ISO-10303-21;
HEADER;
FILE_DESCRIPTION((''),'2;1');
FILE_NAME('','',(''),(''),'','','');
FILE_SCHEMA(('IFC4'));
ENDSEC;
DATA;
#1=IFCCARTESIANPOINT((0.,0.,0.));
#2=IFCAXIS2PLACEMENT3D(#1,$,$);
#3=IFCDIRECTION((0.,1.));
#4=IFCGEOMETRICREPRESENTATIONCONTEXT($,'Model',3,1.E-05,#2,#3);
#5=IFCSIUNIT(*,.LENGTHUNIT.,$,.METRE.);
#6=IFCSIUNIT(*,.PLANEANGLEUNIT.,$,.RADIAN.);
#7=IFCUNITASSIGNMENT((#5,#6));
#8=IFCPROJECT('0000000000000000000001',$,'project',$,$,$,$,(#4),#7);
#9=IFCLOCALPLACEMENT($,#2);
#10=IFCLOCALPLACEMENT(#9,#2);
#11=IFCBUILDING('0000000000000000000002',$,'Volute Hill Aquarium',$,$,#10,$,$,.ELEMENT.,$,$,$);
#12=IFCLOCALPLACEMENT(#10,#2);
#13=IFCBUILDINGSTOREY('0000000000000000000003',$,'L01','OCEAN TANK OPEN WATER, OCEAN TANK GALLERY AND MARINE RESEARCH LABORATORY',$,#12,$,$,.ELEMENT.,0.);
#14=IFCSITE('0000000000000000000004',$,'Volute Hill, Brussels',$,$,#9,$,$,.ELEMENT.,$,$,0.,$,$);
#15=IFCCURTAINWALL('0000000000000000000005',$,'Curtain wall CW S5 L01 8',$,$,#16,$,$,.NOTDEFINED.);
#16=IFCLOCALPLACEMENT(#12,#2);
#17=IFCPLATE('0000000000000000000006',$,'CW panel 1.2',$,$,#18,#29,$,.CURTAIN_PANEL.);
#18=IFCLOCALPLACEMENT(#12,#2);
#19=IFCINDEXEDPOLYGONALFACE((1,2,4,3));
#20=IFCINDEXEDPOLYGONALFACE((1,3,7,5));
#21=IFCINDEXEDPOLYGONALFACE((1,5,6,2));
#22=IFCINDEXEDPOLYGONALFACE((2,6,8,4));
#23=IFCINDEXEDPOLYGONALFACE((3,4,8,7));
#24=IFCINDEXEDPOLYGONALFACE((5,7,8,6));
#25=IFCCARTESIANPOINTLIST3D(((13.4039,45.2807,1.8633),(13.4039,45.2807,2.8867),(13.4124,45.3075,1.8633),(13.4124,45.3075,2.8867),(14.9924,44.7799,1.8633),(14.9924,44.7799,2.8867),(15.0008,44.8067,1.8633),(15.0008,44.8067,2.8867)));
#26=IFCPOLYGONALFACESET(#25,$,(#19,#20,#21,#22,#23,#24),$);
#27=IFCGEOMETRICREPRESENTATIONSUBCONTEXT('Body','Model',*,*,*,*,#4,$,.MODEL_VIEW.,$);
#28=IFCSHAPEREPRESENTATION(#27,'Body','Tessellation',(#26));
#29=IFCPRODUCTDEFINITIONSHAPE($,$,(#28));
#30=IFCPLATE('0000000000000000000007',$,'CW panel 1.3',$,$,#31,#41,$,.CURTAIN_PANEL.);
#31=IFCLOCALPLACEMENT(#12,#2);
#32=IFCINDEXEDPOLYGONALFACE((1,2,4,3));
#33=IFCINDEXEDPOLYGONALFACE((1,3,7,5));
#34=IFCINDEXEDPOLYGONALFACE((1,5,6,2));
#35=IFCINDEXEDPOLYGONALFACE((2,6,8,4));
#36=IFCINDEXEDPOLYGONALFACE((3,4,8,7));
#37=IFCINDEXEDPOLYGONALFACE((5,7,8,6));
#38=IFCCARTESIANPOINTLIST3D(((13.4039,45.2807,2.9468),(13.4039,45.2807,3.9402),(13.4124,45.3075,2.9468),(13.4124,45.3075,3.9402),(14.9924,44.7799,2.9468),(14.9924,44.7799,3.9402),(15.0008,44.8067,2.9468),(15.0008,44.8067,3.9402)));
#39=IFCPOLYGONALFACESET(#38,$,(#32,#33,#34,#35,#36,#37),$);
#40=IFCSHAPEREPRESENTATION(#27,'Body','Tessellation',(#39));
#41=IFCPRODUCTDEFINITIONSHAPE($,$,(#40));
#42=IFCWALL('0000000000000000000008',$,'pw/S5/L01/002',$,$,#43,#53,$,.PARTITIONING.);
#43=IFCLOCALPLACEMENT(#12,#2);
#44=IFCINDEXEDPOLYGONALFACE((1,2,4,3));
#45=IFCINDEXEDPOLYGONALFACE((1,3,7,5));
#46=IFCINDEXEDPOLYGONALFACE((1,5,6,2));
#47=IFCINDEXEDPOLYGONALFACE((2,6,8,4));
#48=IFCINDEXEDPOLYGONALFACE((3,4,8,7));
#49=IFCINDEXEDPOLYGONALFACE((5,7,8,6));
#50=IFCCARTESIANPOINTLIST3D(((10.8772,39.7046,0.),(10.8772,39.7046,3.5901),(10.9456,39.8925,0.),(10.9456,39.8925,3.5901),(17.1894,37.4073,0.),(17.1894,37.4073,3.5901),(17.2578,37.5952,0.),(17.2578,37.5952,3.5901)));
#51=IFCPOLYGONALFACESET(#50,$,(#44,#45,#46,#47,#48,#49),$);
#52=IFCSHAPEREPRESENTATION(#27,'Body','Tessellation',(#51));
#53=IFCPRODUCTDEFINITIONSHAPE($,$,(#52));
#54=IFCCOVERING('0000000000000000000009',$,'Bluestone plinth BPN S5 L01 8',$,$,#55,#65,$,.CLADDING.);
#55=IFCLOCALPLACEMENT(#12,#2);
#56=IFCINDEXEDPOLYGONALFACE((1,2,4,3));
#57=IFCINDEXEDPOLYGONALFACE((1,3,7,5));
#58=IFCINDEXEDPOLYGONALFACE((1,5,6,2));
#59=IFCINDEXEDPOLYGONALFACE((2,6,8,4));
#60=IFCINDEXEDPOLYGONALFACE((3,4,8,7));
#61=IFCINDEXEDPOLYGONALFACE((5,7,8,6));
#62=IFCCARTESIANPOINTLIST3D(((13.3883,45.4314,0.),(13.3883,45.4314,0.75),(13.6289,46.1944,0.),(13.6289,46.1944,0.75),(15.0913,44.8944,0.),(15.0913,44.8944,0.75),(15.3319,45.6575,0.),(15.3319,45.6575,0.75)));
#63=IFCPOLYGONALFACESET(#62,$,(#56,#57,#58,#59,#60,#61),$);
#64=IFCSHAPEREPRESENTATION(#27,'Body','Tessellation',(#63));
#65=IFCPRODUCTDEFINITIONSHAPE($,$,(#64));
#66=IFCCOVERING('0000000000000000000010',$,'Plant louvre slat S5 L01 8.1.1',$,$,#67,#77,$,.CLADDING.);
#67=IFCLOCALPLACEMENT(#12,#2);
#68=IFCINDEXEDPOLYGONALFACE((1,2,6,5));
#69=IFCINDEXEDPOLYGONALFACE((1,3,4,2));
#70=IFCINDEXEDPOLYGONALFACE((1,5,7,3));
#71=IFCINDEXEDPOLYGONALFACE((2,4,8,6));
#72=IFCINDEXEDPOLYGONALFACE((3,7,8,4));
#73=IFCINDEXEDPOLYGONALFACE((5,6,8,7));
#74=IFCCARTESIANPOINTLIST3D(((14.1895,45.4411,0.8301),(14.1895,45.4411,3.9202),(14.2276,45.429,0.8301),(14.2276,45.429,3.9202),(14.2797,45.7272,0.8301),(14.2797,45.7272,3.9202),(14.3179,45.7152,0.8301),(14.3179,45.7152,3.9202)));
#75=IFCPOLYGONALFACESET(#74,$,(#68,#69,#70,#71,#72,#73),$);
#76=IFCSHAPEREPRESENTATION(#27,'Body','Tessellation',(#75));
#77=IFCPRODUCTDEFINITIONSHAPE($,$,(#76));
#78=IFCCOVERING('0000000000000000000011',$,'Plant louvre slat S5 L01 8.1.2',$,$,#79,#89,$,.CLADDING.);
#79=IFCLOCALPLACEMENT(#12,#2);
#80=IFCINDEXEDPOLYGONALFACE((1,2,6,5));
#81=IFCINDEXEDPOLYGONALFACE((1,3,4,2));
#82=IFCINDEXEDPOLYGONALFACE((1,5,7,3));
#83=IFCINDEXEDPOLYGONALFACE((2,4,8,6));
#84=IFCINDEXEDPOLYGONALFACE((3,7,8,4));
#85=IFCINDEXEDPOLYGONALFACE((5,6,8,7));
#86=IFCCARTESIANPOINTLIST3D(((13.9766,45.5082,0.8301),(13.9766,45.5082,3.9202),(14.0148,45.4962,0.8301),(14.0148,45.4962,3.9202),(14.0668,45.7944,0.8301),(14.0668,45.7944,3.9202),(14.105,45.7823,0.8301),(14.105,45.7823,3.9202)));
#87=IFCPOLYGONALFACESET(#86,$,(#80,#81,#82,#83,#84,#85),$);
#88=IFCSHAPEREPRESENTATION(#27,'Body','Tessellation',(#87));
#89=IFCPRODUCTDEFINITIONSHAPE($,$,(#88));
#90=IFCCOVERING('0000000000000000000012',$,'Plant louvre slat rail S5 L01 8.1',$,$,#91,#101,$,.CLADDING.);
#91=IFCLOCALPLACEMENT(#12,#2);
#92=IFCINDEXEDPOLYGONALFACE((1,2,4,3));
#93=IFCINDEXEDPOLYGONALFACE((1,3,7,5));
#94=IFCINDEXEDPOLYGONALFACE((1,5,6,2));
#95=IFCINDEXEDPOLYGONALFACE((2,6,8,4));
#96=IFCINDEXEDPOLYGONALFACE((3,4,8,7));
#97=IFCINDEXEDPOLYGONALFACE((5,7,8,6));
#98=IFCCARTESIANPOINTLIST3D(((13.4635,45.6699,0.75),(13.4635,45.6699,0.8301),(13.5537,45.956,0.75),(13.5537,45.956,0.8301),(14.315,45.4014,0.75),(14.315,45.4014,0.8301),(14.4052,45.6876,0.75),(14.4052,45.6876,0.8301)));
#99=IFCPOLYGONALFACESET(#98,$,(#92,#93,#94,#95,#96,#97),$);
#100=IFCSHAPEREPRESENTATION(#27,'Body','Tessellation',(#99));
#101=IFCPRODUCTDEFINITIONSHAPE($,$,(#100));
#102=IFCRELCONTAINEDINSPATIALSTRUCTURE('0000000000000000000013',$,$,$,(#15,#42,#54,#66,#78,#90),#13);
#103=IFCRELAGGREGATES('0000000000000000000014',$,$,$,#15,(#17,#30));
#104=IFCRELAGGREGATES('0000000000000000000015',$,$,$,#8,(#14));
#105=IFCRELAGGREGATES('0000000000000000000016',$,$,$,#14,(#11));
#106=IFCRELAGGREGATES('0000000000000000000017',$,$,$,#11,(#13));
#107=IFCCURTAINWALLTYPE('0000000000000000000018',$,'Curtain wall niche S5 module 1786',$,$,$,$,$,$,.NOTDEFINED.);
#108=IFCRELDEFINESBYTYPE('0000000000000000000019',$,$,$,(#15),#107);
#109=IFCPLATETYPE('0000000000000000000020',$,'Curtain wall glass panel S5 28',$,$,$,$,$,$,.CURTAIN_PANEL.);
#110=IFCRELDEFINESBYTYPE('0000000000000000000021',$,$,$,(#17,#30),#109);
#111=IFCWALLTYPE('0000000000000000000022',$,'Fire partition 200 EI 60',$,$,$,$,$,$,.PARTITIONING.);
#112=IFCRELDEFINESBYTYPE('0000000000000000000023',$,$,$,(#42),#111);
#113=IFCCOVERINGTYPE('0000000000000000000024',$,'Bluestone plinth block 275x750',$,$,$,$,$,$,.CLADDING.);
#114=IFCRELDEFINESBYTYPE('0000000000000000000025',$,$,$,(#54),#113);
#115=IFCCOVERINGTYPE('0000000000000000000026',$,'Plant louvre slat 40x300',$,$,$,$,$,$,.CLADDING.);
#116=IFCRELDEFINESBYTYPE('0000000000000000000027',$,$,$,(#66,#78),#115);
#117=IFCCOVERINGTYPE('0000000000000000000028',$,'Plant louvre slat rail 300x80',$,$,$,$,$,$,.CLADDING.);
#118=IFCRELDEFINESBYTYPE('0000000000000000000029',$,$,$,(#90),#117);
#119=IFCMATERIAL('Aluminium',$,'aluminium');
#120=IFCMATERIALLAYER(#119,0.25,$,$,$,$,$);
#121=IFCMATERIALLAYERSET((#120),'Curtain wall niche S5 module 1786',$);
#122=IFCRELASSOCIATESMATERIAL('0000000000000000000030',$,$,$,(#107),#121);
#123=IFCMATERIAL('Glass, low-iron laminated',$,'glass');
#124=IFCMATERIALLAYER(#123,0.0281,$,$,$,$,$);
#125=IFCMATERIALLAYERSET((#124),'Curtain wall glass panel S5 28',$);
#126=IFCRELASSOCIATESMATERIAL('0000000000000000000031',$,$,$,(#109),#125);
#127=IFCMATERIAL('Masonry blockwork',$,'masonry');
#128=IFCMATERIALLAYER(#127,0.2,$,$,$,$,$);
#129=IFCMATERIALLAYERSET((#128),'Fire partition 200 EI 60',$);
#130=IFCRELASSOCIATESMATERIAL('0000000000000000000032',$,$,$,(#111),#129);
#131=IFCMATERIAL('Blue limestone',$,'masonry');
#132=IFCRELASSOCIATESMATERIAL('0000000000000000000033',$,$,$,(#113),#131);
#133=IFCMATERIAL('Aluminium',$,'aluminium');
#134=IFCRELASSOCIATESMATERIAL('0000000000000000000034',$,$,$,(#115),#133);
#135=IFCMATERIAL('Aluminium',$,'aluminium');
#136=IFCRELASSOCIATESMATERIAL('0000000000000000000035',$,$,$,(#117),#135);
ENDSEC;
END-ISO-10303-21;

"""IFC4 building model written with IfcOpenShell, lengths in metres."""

from ifc_helpers import new_model, si_unit, direction, frame, frame_2d, origin, origin_2d, place, context, subcontext, project, spatial, rectangle, extrude, material, layer, layer_set, type_object, element, aggregate, save


model = new_model("IFC4")

# Units and contexts
model_context = context("Model", 3, precision=1e-05, world=origin(), true_north=direction((0.0, 1.0)))
body_context = subcontext(model_context, "Body", "Model", "MODEL_VIEW")
ifc_project = project(units=[si_unit("LENGTHUNIT", "METRE"), si_unit("PLANEANGLEUNIT", "RADIAN")], contexts=[model_context])

# Site, building, storey
site_placement = place(None, origin())
site = spatial("IfcSite", under=ifc_project, at=site_placement, Name="Volute Hill, Brussels", CompositionType="ELEMENT", RefElevation=0.0)
building_placement = place(site_placement, origin())
building = spatial("IfcBuilding", under=site, at=building_placement, Name="Volute Hill Aquarium", CompositionType="ELEMENT")
storey_placement = place(building_placement, origin())
storey = spatial("IfcBuildingStorey", under=building, at=storey_placement, Name="L01", Description="OCEAN TANK OPEN WATER, OCEAN TANK GALLERY AND MARINE RESEARCH LABORATORY", CompositionType="ELEMENT", Elevation=0.0)

# Curtain wall
ifc_material_1 = material(Name="Aluminium", Category="aluminium")
ifc_layer_1 = layer(ifc_material_1, 0.25)
ifc_layer_set_1 = layer_set([ifc_layer_1], Name="Curtain wall niche S5 module 1786")
curtain_wall_type = type_object("IfcCurtainWallType", Name="Curtain wall niche S5 module 1786", PredefinedType="NOTDEFINED", material=ifc_layer_set_1)
curtain_wall_placement = place(storey_placement, origin())
curtain_wall = element("IfcCurtainWall", 1, at=curtain_wall_placement, inside=storey, type_object=curtain_wall_type, Name="Curtain wall CW S5 L01 8", PredefinedType="NOTDEFINED")

# Plates
ifc_material_2 = material(Name="Glass, low-iron laminated", Category="glass")
ifc_layer_2 = layer(ifc_material_2, 0.0281)
ifc_layer_set_2 = layer_set([ifc_layer_2], Name="Curtain wall glass panel S5 28")
plate_type = type_object("IfcPlateType", Name="Curtain wall glass panel S5 28", PredefinedType="CURTAIN_PANEL", material=ifc_layer_set_2)
plate_1_placement = place(storey_placement, frame((14.2024, 45.0437, 1.8633), z_axis=(0.0, 0.0, 1.0), x_axis=(-0.953718, 0.300704, 0.0)))
plate_1 = element("IfcPlate", 2, at=plate_1_placement, type_object=plate_type, Name="CW panel 1.2", PredefinedType="CURTAIN_PANEL", context=body_context, shape_type="SweptSolid", body=[
    extrude(rectangle(XDim=1.6655, YDim=0.0281, at=origin_2d()), origin(), (0.0, 0.0, 1.0), 1.0234),
])
plate_2_placement = place(storey_placement, frame((14.2024, 45.0437, 2.9468), z_axis=(0.0, 0.0, 1.0), x_axis=(-0.953718, 0.300704, 0.0)))
plate_2 = element("IfcPlate", 3, at=plate_2_placement, type_object=plate_type, Name="CW panel 1.3", PredefinedType="CURTAIN_PANEL", context=body_context, shape_type="SweptSolid", body=[
    extrude(rectangle(XDim=1.6655, YDim=0.0281, at=origin_2d()), origin(), (0.0, 0.0, 1.0), 0.9934),
])
aggregate(curtain_wall, [plate_1, plate_2])

# Wall
ifc_material_3 = material(Name="Masonry blockwork", Category="masonry")
ifc_layer_3 = layer(ifc_material_3, 0.2)
ifc_layer_set_3 = layer_set([ifc_layer_3], Name="Fire partition 200 EI 60")
wall_type = type_object("IfcWallType", Name="Fire partition 200 EI 60", PredefinedType="PARTITIONING", material=ifc_layer_set_3)
wall_placement = place(storey_placement, frame((10.9114, 39.7986, 0.0), z_axis=(0.0, 0.0, 1.0), x_axis=(0.939698, -0.342006, 0.0)))
element("IfcWall", 4, at=wall_placement, inside=storey, type_object=wall_type, Name="pw/S5/L01/002", PredefinedType="PARTITIONING", context=body_context, shape_type="SweptSolid", body=[
    extrude(rectangle(XDim=6.7173, YDim=0.2, at=frame_2d((3.3586, 0.0))), origin(), (0.0, 0.0, 1.0), 3.5901),
])

# Coverings
ifc_material_4 = material(Name="Blue limestone", Category="masonry")
covering_type_1 = type_object("IfcCoveringType", Name="Bluestone plinth block 275x750", PredefinedType="CLADDING", material=ifc_material_4)
covering_1_placement = place(storey_placement, frame((14.3601, 45.5444, 0.0), z_axis=(0.0, 0.0, 1.0), x_axis=(-0.953718, 0.300704, 0.0)))
element("IfcCovering", 5, at=covering_1_placement, inside=storey, type_object=covering_type_1, Name="Bluestone plinth BPN S5 L01 8", PredefinedType="CLADDING", context=body_context, shape_type="SweptSolid", body=[
    extrude(rectangle(XDim=1.7856, YDim=0.8, at=origin_2d()), origin(), (0.0, 0.0, 1.0), 0.75),
])
ifc_material_5 = material(Name="Aluminium", Category="aluminium")
covering_type_2 = type_object("IfcCoveringType", Name="Plant louvre slat 40x300", PredefinedType="CLADDING", material=ifc_material_5)
for number, where, z_axis, x_axis, name in (
    (6, (14.2537, 45.5781, 0.8301), (0.0, 0.0, 1.0), (-0.953718, 0.300704, 0.0), "Plant louvre slat S5 L01 8.1.1"),
    (7, (14.0408, 45.6453, 0.8301), (0.0, 0.0, 1.0), (-0.953718, 0.300704, 0.0), "Plant louvre slat S5 L01 8.1.2"),
):
    element("IfcCovering", number, at=place(storey_placement, frame(where, z_axis=z_axis, x_axis=x_axis)), inside=storey, type_object=covering_type_2, Name=name, PredefinedType="CLADDING", context=body_context, shape_type="SweptSolid", body=[
        extrude(rectangle(XDim=0.04, YDim=0.3, at=origin_2d()), origin(), (0.0, 0.0, 1.0), 3.0901),
    ])
ifc_material_6 = material(Name="Aluminium", Category="aluminium")
covering_type_3 = type_object("IfcCoveringType", Name="Plant louvre slat rail 300x80", PredefinedType="CLADDING", material=ifc_material_6)
covering_2_placement = place(storey_placement, frame((13.9343, 45.6787, 0.75), z_axis=(0.0, 0.0, 1.0), x_axis=(-0.953718, 0.300704, 0.0)))
element("IfcCovering", 8, at=covering_2_placement, inside=storey, type_object=covering_type_3, Name="Plant louvre slat rail S5 L01 8.1", PredefinedType="CLADDING", context=body_context, shape_type="SweptSolid", body=[
    extrude(rectangle(XDim=0.8928, YDim=0.3, at=origin_2d()), origin(), (0.0, 0.0, 1.0), 0.0801),
])

save(model, "model.ifc")
